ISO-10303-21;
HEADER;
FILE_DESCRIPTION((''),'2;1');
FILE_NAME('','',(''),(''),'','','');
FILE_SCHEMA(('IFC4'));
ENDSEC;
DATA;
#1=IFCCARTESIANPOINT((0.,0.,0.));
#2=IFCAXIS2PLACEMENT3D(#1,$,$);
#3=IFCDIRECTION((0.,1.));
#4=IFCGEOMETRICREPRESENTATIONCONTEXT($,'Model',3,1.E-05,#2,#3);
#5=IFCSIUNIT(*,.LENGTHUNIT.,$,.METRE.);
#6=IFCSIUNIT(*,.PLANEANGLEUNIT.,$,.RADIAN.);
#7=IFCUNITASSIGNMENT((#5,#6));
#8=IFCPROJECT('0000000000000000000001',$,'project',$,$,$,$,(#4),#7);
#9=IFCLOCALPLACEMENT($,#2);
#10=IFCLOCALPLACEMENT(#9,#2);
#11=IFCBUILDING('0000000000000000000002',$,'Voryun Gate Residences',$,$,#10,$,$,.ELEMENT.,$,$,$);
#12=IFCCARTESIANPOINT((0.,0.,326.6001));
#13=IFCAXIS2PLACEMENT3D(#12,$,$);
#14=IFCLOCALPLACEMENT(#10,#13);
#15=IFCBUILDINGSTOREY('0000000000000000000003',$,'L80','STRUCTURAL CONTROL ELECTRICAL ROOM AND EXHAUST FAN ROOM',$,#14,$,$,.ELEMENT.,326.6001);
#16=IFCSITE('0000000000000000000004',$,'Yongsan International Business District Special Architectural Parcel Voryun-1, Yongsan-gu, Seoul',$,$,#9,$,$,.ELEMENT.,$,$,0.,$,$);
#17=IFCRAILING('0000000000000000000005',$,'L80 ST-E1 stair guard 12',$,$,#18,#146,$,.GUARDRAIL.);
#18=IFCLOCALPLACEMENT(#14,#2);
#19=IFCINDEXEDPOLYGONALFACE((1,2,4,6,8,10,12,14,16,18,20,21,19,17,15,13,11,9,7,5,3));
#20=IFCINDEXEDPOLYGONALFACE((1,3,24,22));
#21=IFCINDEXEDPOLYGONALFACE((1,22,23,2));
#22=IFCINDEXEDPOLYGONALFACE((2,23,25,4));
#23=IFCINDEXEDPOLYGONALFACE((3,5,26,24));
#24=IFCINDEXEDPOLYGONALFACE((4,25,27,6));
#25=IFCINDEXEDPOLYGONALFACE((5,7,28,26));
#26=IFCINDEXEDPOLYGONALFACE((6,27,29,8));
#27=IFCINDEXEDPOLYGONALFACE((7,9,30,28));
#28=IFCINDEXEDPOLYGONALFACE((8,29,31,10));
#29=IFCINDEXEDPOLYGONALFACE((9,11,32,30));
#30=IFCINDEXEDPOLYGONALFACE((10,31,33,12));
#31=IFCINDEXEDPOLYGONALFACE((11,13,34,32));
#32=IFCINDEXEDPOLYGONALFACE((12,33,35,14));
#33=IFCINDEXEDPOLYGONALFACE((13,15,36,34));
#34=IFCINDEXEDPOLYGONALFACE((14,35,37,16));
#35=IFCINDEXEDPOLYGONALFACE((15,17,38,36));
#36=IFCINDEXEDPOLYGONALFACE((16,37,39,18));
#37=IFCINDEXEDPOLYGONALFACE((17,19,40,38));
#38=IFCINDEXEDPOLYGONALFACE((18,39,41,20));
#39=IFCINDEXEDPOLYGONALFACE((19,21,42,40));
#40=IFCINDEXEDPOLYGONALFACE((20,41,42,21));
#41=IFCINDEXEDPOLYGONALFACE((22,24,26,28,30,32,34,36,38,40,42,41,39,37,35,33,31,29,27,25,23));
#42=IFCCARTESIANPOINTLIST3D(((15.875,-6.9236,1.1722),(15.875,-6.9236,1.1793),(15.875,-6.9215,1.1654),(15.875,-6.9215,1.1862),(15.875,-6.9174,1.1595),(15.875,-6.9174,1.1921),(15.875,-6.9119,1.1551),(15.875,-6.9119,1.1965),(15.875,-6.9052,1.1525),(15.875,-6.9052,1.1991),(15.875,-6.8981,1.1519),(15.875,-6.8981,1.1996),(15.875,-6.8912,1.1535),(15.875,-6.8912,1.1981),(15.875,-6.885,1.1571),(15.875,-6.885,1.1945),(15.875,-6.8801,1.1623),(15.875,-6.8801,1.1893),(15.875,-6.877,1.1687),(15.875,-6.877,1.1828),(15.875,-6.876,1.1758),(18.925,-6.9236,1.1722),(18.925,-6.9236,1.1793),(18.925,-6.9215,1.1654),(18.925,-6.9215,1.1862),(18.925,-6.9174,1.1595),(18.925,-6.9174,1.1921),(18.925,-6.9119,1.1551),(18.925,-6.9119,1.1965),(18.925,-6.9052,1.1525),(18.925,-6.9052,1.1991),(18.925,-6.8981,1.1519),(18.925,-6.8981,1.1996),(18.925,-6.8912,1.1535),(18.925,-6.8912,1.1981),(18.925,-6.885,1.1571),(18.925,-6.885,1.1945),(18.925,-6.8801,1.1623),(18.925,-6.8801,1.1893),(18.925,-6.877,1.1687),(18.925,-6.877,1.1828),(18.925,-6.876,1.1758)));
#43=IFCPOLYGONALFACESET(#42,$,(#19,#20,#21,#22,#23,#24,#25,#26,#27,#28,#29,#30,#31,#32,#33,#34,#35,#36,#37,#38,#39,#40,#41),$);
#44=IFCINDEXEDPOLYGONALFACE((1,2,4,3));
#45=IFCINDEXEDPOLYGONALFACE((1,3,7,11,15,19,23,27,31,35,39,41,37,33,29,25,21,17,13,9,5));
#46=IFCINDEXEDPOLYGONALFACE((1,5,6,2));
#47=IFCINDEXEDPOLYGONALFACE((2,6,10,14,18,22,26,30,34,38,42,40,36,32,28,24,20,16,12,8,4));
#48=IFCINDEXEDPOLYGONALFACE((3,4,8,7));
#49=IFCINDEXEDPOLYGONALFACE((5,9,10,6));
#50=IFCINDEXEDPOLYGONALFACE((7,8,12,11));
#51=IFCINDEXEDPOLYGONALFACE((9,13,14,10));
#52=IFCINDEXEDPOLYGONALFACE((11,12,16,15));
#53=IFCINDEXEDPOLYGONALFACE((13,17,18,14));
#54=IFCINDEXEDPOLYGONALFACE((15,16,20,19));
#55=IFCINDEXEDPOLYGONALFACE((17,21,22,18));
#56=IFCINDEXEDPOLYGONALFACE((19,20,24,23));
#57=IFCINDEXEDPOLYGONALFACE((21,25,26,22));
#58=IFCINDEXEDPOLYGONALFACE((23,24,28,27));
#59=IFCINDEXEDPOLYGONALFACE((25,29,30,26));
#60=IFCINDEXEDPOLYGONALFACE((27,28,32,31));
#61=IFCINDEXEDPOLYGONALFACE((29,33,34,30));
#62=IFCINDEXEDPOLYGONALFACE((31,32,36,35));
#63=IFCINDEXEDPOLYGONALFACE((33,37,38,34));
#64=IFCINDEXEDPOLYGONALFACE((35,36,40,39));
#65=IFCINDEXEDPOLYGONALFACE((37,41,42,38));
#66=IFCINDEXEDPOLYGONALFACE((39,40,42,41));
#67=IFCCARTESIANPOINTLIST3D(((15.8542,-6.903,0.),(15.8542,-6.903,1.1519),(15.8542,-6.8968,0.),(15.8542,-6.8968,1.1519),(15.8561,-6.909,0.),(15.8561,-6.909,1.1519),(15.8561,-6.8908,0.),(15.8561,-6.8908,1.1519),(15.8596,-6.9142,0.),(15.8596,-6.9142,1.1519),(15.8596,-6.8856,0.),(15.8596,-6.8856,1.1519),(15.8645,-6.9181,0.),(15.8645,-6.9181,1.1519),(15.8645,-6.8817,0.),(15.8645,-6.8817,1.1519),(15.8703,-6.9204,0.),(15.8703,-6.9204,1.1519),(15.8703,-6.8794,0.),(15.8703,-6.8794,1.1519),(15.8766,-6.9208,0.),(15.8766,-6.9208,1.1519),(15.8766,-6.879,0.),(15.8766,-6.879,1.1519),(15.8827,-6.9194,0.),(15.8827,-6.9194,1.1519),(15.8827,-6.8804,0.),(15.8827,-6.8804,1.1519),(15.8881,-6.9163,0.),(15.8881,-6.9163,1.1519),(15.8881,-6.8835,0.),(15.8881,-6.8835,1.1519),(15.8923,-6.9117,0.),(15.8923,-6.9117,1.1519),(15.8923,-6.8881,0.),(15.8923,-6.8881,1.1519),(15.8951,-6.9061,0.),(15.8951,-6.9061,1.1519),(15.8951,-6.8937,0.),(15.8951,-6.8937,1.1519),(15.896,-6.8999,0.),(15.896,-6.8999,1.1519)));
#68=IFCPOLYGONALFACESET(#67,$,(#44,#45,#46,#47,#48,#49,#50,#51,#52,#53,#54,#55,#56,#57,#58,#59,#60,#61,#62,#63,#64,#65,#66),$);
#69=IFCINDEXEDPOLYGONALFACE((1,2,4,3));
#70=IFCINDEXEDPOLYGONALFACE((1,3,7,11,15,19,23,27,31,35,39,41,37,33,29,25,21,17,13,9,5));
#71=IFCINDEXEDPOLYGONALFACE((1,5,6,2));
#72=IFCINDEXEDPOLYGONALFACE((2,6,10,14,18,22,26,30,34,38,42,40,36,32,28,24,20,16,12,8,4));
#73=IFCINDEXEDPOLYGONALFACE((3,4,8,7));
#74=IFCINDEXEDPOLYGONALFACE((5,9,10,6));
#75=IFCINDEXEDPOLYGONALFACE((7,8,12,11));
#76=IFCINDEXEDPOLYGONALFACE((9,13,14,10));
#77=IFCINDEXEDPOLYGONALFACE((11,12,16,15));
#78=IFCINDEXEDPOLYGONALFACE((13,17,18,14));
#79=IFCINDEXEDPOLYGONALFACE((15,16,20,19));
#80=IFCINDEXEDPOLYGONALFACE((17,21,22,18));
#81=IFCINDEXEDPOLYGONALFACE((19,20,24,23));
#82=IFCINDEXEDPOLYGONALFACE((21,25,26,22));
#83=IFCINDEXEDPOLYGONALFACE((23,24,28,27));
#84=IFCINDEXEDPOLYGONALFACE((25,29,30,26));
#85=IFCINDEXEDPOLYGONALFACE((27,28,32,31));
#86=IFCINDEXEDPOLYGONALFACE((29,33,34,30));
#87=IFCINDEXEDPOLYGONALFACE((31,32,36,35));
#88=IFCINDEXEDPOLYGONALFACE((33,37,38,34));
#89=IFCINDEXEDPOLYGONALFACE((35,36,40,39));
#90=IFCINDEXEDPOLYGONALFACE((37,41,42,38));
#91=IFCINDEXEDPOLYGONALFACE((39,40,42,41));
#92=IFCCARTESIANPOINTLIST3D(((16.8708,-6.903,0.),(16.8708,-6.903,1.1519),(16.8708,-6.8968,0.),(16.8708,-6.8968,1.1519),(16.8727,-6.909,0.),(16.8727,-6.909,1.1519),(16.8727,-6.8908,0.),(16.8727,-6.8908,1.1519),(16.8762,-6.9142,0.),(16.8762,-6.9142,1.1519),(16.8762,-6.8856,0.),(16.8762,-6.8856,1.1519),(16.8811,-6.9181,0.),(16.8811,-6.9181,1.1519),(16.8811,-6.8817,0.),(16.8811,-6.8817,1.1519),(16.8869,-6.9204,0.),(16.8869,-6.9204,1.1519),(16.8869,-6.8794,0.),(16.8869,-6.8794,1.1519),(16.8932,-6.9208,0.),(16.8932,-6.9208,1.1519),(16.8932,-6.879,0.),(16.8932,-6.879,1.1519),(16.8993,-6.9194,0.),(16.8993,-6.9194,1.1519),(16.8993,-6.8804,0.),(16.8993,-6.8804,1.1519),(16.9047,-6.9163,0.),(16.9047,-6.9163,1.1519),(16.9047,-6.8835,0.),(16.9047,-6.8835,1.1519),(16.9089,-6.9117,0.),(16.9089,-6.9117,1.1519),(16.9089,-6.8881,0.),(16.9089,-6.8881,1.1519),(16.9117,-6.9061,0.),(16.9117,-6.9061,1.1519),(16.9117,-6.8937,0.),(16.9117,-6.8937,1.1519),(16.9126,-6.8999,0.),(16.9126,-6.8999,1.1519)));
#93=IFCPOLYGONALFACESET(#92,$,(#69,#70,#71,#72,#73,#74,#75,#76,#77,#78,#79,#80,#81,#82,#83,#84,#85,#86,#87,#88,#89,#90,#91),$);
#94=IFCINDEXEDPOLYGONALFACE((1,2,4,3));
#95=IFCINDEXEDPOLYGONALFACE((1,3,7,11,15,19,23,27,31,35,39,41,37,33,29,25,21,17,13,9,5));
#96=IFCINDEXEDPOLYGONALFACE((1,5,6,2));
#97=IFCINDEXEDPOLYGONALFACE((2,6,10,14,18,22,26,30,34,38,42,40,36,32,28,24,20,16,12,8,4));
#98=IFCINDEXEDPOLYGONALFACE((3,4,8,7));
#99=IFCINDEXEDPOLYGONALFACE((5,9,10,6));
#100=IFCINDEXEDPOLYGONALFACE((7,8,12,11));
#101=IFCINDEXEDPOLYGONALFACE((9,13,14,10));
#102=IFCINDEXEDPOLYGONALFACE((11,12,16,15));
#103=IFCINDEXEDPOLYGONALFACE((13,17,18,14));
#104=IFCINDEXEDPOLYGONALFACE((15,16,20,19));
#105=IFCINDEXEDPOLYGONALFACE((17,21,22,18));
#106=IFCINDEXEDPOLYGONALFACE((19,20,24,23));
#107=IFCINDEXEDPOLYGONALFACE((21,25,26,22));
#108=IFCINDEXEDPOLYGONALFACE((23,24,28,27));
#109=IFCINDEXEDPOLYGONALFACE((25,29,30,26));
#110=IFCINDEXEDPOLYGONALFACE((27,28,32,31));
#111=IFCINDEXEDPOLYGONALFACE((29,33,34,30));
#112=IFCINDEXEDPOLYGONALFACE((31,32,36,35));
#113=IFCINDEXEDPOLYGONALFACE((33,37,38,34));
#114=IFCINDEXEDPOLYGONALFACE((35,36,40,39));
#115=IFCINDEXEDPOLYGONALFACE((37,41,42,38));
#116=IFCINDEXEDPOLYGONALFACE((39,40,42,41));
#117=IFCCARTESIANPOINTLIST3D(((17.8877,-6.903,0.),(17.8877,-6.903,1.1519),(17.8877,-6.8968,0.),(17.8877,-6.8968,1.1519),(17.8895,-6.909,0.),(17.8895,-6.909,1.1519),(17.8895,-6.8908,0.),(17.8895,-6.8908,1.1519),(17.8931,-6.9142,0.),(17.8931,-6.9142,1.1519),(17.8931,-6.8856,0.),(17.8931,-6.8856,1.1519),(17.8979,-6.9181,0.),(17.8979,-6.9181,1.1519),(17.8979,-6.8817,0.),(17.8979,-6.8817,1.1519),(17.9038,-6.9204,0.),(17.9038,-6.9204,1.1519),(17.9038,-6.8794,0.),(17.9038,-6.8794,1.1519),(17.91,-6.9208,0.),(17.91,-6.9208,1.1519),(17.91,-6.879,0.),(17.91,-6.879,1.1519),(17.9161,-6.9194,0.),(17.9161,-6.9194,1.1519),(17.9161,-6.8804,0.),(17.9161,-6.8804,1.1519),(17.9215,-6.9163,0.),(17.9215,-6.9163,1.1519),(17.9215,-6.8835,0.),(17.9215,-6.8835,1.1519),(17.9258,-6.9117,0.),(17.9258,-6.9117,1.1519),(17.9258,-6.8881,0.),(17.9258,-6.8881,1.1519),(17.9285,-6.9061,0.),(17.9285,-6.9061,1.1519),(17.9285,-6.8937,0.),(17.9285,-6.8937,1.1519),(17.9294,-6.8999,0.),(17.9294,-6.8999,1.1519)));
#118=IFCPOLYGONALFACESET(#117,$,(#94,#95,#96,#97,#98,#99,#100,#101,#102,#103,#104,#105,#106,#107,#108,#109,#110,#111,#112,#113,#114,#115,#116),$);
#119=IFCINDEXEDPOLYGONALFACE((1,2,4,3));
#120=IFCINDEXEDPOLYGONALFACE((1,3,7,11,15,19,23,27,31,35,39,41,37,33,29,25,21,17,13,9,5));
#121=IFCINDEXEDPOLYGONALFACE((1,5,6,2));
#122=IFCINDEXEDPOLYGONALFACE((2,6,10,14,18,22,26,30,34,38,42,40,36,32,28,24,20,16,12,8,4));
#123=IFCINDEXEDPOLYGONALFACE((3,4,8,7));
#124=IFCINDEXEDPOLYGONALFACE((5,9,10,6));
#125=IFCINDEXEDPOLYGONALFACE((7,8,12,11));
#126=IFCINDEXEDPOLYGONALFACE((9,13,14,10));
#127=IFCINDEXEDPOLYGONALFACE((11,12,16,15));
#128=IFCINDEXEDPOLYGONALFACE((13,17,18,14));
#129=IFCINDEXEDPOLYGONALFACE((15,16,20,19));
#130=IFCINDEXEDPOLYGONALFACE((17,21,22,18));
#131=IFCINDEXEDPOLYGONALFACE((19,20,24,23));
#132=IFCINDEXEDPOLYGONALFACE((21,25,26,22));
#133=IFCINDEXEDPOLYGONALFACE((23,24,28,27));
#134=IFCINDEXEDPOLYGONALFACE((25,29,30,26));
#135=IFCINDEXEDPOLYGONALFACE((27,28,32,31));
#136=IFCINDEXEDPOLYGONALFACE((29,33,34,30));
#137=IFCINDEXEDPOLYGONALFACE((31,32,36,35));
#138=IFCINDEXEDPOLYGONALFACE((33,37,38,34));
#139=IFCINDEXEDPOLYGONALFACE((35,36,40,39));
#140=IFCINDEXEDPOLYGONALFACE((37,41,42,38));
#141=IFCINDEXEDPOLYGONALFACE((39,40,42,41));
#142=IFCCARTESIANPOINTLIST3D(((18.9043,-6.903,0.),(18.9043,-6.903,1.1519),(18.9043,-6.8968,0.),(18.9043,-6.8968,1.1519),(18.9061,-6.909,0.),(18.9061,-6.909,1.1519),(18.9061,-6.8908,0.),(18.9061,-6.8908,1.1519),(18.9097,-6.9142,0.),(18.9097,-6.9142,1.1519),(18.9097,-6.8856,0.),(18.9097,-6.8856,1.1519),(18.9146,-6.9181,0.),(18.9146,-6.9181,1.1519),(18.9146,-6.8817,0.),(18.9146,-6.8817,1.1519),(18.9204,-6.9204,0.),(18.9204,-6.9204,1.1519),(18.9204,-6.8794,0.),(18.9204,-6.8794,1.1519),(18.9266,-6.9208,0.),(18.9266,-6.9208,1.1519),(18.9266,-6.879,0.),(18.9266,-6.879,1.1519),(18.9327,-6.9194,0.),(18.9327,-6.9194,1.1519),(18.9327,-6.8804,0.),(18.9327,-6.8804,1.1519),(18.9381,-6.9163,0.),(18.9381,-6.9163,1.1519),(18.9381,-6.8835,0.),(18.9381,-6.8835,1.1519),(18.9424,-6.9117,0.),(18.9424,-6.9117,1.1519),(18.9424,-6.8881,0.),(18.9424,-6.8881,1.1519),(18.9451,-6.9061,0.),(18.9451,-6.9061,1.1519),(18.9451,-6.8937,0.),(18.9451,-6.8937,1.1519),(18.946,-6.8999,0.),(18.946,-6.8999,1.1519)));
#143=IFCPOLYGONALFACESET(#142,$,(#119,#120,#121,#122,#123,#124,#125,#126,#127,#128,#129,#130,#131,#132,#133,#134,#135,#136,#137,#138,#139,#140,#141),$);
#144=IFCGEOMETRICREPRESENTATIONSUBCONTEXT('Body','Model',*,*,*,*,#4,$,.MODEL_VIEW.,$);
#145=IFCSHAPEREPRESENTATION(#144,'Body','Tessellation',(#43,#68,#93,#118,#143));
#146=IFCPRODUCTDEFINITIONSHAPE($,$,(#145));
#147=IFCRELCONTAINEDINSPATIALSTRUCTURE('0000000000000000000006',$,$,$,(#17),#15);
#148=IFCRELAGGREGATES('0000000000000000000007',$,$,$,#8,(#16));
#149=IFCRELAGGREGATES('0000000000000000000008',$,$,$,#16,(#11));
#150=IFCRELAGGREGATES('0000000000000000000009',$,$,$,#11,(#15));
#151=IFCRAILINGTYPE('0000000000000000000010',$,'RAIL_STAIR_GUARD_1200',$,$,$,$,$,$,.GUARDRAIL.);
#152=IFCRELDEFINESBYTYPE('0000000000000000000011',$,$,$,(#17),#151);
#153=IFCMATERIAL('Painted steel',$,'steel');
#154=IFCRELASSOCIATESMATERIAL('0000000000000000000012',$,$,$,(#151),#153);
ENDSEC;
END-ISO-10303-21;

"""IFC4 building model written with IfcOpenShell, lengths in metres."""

from ifc_helpers import new_model, si_unit, direction, frame, origin, origin_2d, place, context, subcontext, project, spatial, circle, extrude, material, type_object, element, save


model = new_model("IFC4")

# Units and contexts
model_context = context("Model", 3, precision=1e-05, world=origin(), true_north=direction((0.0, 1.0)))
body_context = subcontext(model_context, "Body", "Model", "MODEL_VIEW")
ifc_project = project(units=[si_unit("LENGTHUNIT", "METRE"), si_unit("PLANEANGLEUNIT", "RADIAN")], contexts=[model_context])

# Site, building, storey
site_placement = place(None, origin())
site = spatial("IfcSite", under=ifc_project, at=site_placement, Name="Yongsan International Business District Special Architectural Parcel Voryun-1, Yongsan-gu, Seoul", CompositionType="ELEMENT", RefElevation=0.0)
building_placement = place(site_placement, origin())
building = spatial("IfcBuilding", under=site, at=building_placement, Name="Voryun Gate Residences", CompositionType="ELEMENT")
storey_placement = place(building_placement, frame((0.0, 0.0, 326.6001)))
storey = spatial("IfcBuildingStorey", under=building, at=storey_placement, Name="L80", Description="STRUCTURAL CONTROL ELECTRICAL ROOM AND EXHAUST FAN ROOM", CompositionType="ELEMENT", Elevation=326.6001)

# Railing
ifc_material_1 = material(Name="Painted steel", Category="steel")
railing_type = type_object("IfcRailingType", Name="RAIL_STAIR_GUARD_1200", PredefinedType="GUARDRAIL", material=ifc_material_1)
railing_1_placement = place(storey_placement, frame((15.875, -6.8999, 0.0)))
element("IfcRailing", 1, at=railing_1_placement, inside=storey, type_object=railing_type, Name="L80 ST-E1 stair guard 12", PredefinedType="GUARDRAIL", context=body_context, shape_type="SweptSolid", body=[
    extrude(circle(Radius=0.0239, at=origin_2d()), frame((0.0, 0.0, 1.1758), z_axis=(1.0, 0.0, 0.0), x_axis=(0.0, 1.0, 0.0)), (0.0, 0.0, 1.0), 3.05),
    extrude(circle(Radius=0.021, at=origin_2d()), origin(), (0.0, 0.0, 1.0), 1.1519),
    extrude(circle(Radius=0.021, at=origin_2d()), frame((1.0166, 0.0, 0.0)), (0.0, 0.0, 1.0), 1.1519),
    extrude(circle(Radius=0.021, at=origin_2d()), frame((2.0334, 0.0, 0.0)), (0.0, 0.0, 1.0), 1.1519),
    extrude(circle(Radius=0.021, at=origin_2d()), frame((3.05, 0.0, 0.0)), (0.0, 0.0, 1.0), 1.1519),
])

save(model, "model.ifc")
